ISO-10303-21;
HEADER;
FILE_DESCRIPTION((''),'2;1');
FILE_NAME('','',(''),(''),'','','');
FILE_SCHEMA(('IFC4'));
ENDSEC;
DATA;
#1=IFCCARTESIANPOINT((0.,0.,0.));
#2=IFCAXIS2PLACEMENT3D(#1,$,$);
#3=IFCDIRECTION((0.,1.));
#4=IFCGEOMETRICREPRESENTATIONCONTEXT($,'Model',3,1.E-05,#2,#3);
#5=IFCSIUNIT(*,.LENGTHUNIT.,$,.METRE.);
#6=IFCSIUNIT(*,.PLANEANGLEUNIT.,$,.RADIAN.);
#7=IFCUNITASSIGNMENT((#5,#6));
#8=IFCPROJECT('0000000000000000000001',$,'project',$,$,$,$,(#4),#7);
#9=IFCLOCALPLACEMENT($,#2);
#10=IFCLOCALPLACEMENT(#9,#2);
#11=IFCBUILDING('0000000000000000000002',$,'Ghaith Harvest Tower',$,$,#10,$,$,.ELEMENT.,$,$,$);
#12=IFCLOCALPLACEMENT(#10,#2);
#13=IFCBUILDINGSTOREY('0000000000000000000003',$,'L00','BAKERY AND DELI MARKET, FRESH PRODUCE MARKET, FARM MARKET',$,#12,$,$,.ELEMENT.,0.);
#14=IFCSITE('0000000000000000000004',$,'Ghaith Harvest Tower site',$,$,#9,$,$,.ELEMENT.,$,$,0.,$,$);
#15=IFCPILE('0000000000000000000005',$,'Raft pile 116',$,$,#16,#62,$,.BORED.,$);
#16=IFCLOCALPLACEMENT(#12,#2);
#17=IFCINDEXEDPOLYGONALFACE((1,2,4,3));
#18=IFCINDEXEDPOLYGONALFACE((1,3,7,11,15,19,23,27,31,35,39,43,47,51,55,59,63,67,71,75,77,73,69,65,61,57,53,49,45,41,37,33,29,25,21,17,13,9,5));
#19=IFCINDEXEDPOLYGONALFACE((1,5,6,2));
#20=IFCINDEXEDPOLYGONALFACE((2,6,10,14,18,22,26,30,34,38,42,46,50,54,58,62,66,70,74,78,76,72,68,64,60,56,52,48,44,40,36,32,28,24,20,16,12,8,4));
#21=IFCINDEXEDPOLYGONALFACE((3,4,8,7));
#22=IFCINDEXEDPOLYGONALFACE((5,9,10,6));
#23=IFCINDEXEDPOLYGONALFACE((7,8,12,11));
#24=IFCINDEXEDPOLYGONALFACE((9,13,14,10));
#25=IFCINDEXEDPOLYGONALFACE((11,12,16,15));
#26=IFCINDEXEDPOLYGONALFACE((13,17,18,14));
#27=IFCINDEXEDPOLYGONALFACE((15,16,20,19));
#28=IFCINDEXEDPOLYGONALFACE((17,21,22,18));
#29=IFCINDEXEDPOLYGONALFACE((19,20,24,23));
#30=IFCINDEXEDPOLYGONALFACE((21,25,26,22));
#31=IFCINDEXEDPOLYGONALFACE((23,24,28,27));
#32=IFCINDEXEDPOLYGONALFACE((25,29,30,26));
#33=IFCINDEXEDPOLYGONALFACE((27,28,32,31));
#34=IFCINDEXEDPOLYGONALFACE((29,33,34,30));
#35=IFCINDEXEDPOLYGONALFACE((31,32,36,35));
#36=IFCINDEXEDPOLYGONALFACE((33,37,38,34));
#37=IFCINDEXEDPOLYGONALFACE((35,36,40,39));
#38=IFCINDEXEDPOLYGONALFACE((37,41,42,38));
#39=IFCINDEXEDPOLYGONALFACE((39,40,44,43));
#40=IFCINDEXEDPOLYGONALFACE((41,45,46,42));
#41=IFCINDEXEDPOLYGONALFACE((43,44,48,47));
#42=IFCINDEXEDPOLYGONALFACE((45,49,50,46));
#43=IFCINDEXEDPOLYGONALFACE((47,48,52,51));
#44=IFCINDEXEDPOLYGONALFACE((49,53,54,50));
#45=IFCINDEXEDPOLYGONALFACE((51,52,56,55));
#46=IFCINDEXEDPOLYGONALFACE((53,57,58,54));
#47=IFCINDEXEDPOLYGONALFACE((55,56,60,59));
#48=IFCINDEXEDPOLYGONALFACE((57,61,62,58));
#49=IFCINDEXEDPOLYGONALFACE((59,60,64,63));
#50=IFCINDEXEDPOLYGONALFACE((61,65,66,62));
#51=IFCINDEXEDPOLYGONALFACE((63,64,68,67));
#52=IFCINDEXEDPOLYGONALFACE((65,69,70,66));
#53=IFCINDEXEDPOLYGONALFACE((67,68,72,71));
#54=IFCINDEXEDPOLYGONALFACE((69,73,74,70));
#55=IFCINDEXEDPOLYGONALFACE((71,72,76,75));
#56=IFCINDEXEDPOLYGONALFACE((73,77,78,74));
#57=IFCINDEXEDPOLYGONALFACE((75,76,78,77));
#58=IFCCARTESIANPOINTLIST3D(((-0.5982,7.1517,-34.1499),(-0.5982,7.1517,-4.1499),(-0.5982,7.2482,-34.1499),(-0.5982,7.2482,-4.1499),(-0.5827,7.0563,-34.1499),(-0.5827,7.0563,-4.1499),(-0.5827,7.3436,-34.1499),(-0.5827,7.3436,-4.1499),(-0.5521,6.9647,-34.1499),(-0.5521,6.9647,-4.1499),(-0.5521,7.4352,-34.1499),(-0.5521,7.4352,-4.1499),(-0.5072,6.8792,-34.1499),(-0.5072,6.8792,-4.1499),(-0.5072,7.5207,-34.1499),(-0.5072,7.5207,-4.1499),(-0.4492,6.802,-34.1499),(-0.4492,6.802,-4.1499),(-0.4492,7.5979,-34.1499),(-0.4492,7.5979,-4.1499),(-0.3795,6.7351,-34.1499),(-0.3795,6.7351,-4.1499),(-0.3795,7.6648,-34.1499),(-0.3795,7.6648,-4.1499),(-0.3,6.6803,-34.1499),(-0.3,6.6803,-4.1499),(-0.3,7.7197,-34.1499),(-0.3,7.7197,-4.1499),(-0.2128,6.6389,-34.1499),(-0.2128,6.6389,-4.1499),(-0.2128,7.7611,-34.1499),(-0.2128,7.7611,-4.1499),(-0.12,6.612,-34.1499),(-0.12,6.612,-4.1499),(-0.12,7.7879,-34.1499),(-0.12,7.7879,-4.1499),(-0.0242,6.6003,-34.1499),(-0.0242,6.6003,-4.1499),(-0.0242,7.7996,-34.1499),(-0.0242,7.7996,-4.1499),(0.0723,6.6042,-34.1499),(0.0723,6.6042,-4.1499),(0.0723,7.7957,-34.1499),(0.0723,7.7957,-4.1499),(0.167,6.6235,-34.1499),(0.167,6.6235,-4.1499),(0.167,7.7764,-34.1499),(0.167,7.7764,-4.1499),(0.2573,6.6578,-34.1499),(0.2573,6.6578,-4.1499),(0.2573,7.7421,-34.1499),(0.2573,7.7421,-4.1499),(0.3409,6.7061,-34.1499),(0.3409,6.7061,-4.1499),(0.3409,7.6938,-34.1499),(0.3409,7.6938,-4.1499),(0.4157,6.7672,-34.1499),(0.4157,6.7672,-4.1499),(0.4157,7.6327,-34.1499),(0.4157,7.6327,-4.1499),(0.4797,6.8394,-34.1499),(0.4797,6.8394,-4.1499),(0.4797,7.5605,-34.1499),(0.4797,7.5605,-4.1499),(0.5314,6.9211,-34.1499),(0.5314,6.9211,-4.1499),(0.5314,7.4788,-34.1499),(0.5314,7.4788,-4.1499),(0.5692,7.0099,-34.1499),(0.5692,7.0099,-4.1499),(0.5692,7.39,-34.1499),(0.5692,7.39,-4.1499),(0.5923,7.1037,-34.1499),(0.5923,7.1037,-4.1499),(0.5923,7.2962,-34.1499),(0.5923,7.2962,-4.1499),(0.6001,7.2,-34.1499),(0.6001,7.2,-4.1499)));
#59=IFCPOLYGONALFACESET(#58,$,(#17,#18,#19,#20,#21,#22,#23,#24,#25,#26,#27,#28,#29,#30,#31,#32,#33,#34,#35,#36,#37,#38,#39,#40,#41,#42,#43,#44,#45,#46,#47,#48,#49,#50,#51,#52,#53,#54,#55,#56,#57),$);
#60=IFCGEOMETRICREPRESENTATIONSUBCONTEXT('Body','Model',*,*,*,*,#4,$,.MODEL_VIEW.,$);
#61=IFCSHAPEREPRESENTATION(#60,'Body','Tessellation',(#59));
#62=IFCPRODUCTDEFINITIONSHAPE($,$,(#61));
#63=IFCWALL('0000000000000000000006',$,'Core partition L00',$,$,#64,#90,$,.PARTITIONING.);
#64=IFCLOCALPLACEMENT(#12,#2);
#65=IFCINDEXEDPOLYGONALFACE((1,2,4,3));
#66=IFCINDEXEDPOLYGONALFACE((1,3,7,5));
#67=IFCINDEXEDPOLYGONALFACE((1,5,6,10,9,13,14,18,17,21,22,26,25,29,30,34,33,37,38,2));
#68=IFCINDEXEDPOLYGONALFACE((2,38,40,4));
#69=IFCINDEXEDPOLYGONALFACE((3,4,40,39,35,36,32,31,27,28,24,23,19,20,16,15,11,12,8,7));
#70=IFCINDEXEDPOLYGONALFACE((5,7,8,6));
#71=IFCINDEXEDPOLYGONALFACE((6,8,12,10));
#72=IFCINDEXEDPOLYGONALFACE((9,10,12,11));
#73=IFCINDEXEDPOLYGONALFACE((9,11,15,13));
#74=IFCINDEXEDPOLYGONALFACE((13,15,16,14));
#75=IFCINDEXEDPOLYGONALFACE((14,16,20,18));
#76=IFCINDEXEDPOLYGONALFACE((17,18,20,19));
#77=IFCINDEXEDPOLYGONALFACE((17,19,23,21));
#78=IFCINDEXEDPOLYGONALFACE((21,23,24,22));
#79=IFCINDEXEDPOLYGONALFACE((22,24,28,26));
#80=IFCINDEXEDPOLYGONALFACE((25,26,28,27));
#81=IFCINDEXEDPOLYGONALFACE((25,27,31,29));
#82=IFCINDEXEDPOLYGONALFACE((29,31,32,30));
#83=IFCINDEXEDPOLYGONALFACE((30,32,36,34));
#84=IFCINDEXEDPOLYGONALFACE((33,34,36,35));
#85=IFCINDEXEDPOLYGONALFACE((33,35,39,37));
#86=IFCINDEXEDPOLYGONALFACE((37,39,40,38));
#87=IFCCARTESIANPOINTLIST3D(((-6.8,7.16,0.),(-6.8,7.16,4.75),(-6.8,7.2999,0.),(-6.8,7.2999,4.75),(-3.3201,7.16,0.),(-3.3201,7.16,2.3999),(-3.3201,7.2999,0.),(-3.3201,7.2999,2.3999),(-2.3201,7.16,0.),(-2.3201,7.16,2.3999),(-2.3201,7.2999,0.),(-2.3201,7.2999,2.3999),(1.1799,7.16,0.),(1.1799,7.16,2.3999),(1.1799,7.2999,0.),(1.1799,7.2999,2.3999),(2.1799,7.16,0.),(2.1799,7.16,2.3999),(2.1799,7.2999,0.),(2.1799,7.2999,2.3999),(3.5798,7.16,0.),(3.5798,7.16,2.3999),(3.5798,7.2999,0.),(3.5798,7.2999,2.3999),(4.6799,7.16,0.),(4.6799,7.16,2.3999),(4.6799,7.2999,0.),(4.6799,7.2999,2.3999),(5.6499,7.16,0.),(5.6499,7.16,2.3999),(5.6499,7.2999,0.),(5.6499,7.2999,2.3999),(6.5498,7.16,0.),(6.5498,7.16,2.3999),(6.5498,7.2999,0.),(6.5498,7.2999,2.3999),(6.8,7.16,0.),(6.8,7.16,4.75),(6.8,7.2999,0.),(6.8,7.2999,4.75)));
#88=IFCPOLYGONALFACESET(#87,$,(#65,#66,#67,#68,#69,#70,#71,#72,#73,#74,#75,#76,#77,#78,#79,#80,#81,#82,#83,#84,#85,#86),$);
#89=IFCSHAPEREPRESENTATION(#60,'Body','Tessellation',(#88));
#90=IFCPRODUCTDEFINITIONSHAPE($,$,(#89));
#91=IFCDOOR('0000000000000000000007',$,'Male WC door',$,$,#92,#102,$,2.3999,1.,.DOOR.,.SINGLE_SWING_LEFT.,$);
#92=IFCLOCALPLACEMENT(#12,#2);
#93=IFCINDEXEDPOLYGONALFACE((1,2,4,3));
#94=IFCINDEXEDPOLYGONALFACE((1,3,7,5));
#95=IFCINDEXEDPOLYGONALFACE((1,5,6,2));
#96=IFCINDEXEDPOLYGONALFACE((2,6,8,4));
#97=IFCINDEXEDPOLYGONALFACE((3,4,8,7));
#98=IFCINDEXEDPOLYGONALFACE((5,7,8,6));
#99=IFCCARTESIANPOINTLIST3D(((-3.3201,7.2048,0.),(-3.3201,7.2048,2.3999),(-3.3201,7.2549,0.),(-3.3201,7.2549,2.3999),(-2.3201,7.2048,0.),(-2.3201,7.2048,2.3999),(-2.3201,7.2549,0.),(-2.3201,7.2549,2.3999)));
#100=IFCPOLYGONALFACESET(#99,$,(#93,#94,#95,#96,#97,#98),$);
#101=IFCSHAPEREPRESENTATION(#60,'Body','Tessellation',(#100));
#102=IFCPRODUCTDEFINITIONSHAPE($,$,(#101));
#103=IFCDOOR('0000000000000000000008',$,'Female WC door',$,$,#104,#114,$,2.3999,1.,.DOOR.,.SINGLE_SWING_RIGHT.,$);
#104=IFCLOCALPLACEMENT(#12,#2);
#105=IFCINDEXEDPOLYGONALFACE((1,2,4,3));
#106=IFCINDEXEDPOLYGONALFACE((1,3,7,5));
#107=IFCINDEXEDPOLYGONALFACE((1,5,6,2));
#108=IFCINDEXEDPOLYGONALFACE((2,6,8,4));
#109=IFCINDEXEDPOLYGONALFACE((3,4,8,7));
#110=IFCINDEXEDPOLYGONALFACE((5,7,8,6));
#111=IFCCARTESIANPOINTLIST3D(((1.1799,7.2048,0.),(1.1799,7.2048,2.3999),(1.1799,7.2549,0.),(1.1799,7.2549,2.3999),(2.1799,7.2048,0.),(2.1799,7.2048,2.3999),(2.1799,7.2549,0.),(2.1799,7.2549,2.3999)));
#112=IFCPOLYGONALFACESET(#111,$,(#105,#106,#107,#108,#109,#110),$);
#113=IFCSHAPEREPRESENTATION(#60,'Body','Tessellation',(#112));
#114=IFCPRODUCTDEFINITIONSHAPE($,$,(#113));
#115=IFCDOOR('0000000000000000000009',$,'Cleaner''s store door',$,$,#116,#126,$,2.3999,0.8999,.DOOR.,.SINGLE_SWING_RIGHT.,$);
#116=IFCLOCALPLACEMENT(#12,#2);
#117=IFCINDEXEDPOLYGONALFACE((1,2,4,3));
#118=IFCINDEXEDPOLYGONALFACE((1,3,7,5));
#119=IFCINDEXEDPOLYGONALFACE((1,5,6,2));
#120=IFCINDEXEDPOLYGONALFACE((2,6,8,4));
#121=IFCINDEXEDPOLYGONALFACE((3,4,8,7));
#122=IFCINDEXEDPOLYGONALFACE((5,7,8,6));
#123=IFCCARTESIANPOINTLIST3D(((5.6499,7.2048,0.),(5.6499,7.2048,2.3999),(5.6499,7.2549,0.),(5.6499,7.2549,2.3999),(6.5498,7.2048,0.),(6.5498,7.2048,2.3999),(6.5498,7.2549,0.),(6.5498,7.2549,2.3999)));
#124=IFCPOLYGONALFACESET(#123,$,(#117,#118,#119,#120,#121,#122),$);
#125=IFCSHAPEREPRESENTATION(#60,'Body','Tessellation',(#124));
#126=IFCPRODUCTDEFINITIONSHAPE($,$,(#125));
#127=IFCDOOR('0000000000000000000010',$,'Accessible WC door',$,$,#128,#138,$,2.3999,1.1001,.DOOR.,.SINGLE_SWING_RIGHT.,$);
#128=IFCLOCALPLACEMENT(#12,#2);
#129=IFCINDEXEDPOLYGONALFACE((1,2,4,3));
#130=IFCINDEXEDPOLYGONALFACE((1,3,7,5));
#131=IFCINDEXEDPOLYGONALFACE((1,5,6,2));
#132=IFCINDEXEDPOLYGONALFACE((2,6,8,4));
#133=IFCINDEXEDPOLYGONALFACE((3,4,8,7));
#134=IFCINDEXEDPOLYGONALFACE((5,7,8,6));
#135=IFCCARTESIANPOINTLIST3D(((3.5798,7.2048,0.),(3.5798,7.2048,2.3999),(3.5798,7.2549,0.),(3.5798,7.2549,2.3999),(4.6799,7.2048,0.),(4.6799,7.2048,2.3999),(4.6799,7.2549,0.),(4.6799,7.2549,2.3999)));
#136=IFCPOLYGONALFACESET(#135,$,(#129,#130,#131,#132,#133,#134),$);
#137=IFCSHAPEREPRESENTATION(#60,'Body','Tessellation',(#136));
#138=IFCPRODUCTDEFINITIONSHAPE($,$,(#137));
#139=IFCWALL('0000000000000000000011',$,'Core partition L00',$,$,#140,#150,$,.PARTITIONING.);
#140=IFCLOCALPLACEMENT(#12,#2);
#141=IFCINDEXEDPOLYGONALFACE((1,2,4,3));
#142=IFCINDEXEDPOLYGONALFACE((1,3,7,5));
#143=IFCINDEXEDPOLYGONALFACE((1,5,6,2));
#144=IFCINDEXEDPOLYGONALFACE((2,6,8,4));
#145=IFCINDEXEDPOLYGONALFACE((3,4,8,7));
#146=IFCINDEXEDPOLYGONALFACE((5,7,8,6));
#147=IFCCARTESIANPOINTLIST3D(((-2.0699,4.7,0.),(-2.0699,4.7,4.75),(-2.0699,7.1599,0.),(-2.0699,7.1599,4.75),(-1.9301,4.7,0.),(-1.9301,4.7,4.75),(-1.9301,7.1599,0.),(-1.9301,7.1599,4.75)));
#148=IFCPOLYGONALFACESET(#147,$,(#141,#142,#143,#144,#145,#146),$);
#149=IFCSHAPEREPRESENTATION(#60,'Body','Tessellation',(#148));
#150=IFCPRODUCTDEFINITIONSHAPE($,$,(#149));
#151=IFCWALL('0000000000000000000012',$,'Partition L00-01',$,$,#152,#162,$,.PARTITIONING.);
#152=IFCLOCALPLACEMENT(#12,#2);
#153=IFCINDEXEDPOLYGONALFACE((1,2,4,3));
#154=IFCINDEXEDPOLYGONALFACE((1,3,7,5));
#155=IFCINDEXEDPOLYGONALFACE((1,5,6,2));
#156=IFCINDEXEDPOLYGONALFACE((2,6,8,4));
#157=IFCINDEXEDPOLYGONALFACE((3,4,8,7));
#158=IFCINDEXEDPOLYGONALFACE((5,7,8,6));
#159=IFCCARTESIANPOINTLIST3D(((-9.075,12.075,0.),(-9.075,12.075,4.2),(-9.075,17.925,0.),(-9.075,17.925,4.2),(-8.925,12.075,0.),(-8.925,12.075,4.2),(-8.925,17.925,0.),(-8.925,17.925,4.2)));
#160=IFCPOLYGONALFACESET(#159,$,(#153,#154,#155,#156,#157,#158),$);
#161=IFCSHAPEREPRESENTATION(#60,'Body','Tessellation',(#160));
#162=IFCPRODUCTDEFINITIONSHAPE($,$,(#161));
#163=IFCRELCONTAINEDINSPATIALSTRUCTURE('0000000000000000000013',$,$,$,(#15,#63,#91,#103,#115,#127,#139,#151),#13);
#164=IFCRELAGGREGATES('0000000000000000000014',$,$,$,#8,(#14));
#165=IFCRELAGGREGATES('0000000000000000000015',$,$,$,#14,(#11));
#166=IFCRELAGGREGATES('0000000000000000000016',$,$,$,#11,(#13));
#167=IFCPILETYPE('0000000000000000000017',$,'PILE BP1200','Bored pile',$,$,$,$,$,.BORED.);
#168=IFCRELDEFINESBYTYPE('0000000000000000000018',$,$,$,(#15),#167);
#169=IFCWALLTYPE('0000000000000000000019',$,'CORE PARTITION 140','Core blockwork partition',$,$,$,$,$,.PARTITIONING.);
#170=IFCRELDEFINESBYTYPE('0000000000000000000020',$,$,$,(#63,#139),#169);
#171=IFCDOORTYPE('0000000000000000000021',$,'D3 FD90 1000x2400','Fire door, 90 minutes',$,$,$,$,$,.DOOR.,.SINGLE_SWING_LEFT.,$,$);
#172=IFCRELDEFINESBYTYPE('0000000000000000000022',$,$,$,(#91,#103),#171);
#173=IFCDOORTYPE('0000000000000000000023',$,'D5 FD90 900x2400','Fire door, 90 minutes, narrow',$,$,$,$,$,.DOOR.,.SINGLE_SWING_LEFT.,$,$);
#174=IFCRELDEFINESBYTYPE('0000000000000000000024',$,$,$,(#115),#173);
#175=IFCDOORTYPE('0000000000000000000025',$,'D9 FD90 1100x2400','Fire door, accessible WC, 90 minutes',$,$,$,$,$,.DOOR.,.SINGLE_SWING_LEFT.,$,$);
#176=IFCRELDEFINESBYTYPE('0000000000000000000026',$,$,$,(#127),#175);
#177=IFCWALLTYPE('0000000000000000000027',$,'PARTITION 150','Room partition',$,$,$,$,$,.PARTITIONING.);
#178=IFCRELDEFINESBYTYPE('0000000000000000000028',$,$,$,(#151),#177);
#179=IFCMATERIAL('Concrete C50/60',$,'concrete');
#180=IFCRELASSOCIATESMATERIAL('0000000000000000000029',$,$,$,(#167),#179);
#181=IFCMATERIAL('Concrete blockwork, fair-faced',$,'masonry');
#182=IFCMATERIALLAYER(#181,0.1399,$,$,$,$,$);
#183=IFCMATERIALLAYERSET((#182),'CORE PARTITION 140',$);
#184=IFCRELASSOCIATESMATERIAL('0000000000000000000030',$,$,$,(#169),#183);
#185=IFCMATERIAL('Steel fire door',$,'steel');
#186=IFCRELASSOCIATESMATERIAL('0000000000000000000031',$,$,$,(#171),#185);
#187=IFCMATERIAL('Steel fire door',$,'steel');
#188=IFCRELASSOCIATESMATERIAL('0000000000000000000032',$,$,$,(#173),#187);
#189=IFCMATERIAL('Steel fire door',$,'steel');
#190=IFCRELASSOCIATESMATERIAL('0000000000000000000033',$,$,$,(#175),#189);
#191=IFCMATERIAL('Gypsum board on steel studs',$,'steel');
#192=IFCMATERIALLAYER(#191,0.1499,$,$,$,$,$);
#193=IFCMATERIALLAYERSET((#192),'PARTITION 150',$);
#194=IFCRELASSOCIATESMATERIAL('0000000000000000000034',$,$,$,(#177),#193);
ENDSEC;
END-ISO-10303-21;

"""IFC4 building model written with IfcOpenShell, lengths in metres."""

from ifc_helpers import new_model, si_unit, direction, frame, frame_2d, origin, origin_2d, place, context, subcontext, project, spatial, rectangle, circle, extrude, material, layer, layer_set, material_profile, profile_set, type_object, element, fill, save


model = new_model("IFC4")

# Units and contexts
model_context = context("Model", 3, precision=1e-05, world=origin(), true_north=direction((0.0, 1.0)))
body_context = subcontext(model_context, "Body", "Model", "MODEL_VIEW")
ifc_project = project(units=[si_unit("LENGTHUNIT", "METRE"), si_unit("PLANEANGLEUNIT", "RADIAN")], contexts=[model_context])

# Site, building, storey
site_placement = place(None, origin())
site = spatial("IfcSite", under=ifc_project, at=site_placement, Name="Ghaith Harvest Tower site", CompositionType="ELEMENT", RefElevation=0.0)
building_placement = place(site_placement, origin())
building = spatial("IfcBuilding", under=site, at=building_placement, Name="Ghaith Harvest Tower", CompositionType="ELEMENT")
storey_placement = place(building_placement, origin())
storey = spatial("IfcBuildingStorey", under=building, at=storey_placement, Name="L00", Description="BAKERY AND DELI MARKET, FRESH PRODUCE MARKET, FARM MARKET", CompositionType="ELEMENT", Elevation=0.0)

# Pile
ifc_material_1 = material(Name="Concrete C50/60", Category="concrete")
ifc_material_profile = material_profile(ifc_material_1, circle(Radius=0.6001, at=origin_2d()), Name="PILE1200")
ifc_profile_set = profile_set([ifc_material_profile], Name="Concrete C50/60")
pile_type = type_object("IfcPileType", Name="PILE BP1200", Description="Bored pile", PredefinedType="BORED", material=ifc_profile_set)
for number, where, z_axis, x_axis, name in (
    (1, (0.0, 7.2, -4.1499), (0.0, 0.0, -1.0), (1.0, 0.0, 0.0), "Raft pile 116"),
):
    element("IfcPile", number, at=place(storey_placement, frame(where, z_axis=z_axis, x_axis=x_axis)), inside=storey, type_object=pile_type, Name=name, PredefinedType="BORED", context=body_context, shape_type="SweptSolid", body=[
        extrude(circle(Radius=0.6001, at=origin_2d()), origin(), (0.0, 0.0, 1.0), 30.0),
    ])

# Wall, openings, doors
ifc_material_2 = material(Name="Concrete blockwork, fair-faced", Category="masonry")
ifc_layer_1 = layer(ifc_material_2, 0.1399)
ifc_layer_set_1 = layer_set([ifc_layer_1], Name="CORE PARTITION 140")
wall_type_1 = type_object("IfcWallType", Name="CORE PARTITION 140", Description="Core blockwork partition", PredefinedType="PARTITIONING", material=ifc_layer_set_1)
wall_1_placement = place(storey_placement, frame((-6.8, 7.23, 0.0), z_axis=(0.0, 0.0, 1.0), x_axis=(1.0, 0.0, 0.0)))
wall_1 = element("IfcWall", 2, at=wall_1_placement, inside=storey, type_object=wall_type_1, Name="Core partition L00", PredefinedType="PARTITIONING", context=body_context, shape_type="SweptSolid", body=[
    extrude(rectangle(XDim=13.6001, YDim=0.1399, at=frame_2d((6.8, 0.0))), origin(), (0.0, 0.0, 1.0), 4.75),
])
opening_1_placement = place(wall_1_placement, frame((3.48, 0.0, 0.0)))
opening_1 = element("IfcOpeningElement", 3, at=opening_1_placement, cuts=wall_1, PredefinedType="OPENING", context=body_context, shape_type="SweptSolid", body=[
    extrude(rectangle(XDim=1.0, YDim=2.3999, at=frame_2d((0.5, 1.2))), frame((0.0, 0.0801, 0.0), z_axis=(0.0, -1.0, 0.0), x_axis=(1.0, 0.0, 0.0)), (0.0, 0.0, 1.0), 0.1599),
])
opening_2_placement = place(wall_1_placement, frame((7.98, 0.0, 0.0)))
opening_2 = element("IfcOpeningElement", 4, at=opening_2_placement, cuts=wall_1, PredefinedType="OPENING", context=body_context, shape_type="SweptSolid", body=[
    extrude(rectangle(XDim=1.0, YDim=2.3999, at=frame_2d((0.5, 1.2))), frame((0.0, 0.0801, 0.0), z_axis=(0.0, -1.0, 0.0), x_axis=(1.0, 0.0, 0.0)), (0.0, 0.0, 1.0), 0.1599),
])
opening_3_placement = place(wall_1_placement, frame((10.3799, 0.0, 0.0)))
opening_3 = element("IfcOpeningElement", 5, at=opening_3_placement, cuts=wall_1, PredefinedType="OPENING", context=body_context, shape_type="SweptSolid", body=[
    extrude(rectangle(XDim=1.1001, YDim=2.3999, at=frame_2d((0.55, 1.2))), frame((0.0, 0.0801, 0.0), z_axis=(0.0, -1.0, 0.0), x_axis=(1.0, 0.0, 0.0)), (0.0, 0.0, 1.0), 0.1599),
])
opening_4_placement = place(wall_1_placement, frame((12.45, 0.0, 0.0)))
opening_4 = element("IfcOpeningElement", 6, at=opening_4_placement, cuts=wall_1, PredefinedType="OPENING", context=body_context, shape_type="SweptSolid", body=[
    extrude(rectangle(XDim=0.8999, YDim=2.3999, at=frame_2d((0.45, 1.2))), frame((0.0, 0.0801, 0.0), z_axis=(0.0, -1.0, 0.0), x_axis=(1.0, 0.0, 0.0)), (0.0, 0.0, 1.0), 0.1599),
])
ifc_material_3 = material(Name="Steel fire door", Category="steel")
door_type_1 = type_object("IfcDoorType", Name="D3 FD90 1000x2400", Description="Fire door, 90 minutes", OperationType="SINGLE_SWING_LEFT", PredefinedType="DOOR", material=ifc_material_3)
door_1_placement = place(opening_1_placement, origin())
door_1 = element("IfcDoor", 7, at=door_1_placement, inside=storey, type_object=door_type_1, Name="Male WC door", OperationType="SINGLE_SWING_LEFT", OverallHeight=2.3999, OverallWidth=1.0, PredefinedType="DOOR", context=body_context, shape_type="SweptSolid", body=[
    extrude(rectangle(XDim=1.0, YDim=2.3999, at=frame_2d((0.5, 1.2))), frame((0.0, 0.0249, 0.0), z_axis=(0.0, -1.0, 0.0), x_axis=(1.0, 0.0, 0.0)), (0.0, 0.0, 1.0), 0.05),
])
fill(opening_1, door_1)
door_2_placement = place(opening_2_placement, origin())
door_2 = element("IfcDoor", 8, at=door_2_placement, inside=storey, type_object=door_type_1, Name="Female WC door", OperationType="SINGLE_SWING_RIGHT", OverallHeight=2.3999, OverallWidth=1.0, PredefinedType="DOOR", context=body_context, shape_type="SweptSolid", body=[
    extrude(rectangle(XDim=1.0, YDim=2.3999, at=frame_2d((0.5, 1.2))), frame((0.0, 0.0249, 0.0), z_axis=(0.0, -1.0, 0.0), x_axis=(1.0, 0.0, 0.0)), (0.0, 0.0, 1.0), 0.05),
])
fill(opening_2, door_2)
ifc_material_4 = material(Name="Steel fire door", Category="steel")
door_type_2 = type_object("IfcDoorType", Name="D5 FD90 900x2400", Description="Fire door, 90 minutes, narrow", OperationType="SINGLE_SWING_LEFT", PredefinedType="DOOR", material=ifc_material_4)
door_3_placement = place(opening_4_placement, origin())
door_3 = element("IfcDoor", 9, at=door_3_placement, inside=storey, type_object=door_type_2, Name="Cleaner's store door", OperationType="SINGLE_SWING_RIGHT", OverallHeight=2.3999, OverallWidth=0.8999, PredefinedType="DOOR", context=body_context, shape_type="SweptSolid", body=[
    extrude(rectangle(XDim=0.8999, YDim=2.3999, at=frame_2d((0.45, 1.2))), frame((0.0, 0.0249, 0.0), z_axis=(0.0, -1.0, 0.0), x_axis=(1.0, 0.0, 0.0)), (0.0, 0.0, 1.0), 0.05),
])
fill(opening_4, door_3)
ifc_material_5 = material(Name="Steel fire door", Category="steel")
door_type_3 = type_object("IfcDoorType", Name="D9 FD90 1100x2400", Description="Fire door, accessible WC, 90 minutes", OperationType="SINGLE_SWING_LEFT", PredefinedType="DOOR", material=ifc_material_5)
door_4_placement = place(opening_3_placement, origin())
door_4 = element("IfcDoor", 10, at=door_4_placement, inside=storey, type_object=door_type_3, Name="Accessible WC door", OperationType="SINGLE_SWING_RIGHT", OverallHeight=2.3999, OverallWidth=1.1001, PredefinedType="DOOR", context=body_context, shape_type="SweptSolid", body=[
    extrude(rectangle(XDim=1.1001, YDim=2.3999, at=frame_2d((0.55, 1.2))), frame((0.0, 0.0249, 0.0), z_axis=(0.0, -1.0, 0.0), x_axis=(1.0, 0.0, 0.0)), (0.0, 0.0, 1.0), 0.05),
])
fill(opening_3, door_4)

# Wall
wall_2_placement = place(storey_placement, frame((-2.0, 4.7, 0.0), z_axis=(0.0, 0.0, 1.0), x_axis=(0.0, 1.0, 0.0)))
element("IfcWall", 11, at=wall_2_placement, inside=storey, type_object=wall_type_1, Name="Core partition L00", PredefinedType="PARTITIONING", context=body_context, shape_type="SweptSolid", body=[
    extrude(rectangle(XDim=2.46, YDim=0.1399, at=frame_2d((1.23, 0.0))), origin(), (0.0, 0.0, 1.0), 4.75),
])

# Shared definitions
ifc_material_6 = material(Name="Gypsum board on steel studs", Category="steel")
ifc_layer_2 = layer(ifc_material_6, 0.1499)
ifc_layer_set_2 = layer_set([ifc_layer_2], Name="PARTITION 150")
wall_type_2 = type_object("IfcWallType", Name="PARTITION 150", Description="Room partition", PredefinedType="PARTITIONING", material=ifc_layer_set_2)

# Wall
wall_3_placement = place(storey_placement, frame((-9.0, 12.075, 0.0), z_axis=(0.0, 0.0, 1.0), x_axis=(0.0, 1.0, 0.0)))
element("IfcWall", 12, at=wall_3_placement, inside=storey, type_object=wall_type_2, Name="Partition L00-01", PredefinedType="PARTITIONING", context=body_context, shape_type="SweptSolid", body=[
    extrude(rectangle(XDim=5.8501, YDim=0.1499, at=frame_2d((2.925, 0.0))), origin(), (0.0, 0.0, 1.0), 4.2),
])

save(model, "model.ifc")
